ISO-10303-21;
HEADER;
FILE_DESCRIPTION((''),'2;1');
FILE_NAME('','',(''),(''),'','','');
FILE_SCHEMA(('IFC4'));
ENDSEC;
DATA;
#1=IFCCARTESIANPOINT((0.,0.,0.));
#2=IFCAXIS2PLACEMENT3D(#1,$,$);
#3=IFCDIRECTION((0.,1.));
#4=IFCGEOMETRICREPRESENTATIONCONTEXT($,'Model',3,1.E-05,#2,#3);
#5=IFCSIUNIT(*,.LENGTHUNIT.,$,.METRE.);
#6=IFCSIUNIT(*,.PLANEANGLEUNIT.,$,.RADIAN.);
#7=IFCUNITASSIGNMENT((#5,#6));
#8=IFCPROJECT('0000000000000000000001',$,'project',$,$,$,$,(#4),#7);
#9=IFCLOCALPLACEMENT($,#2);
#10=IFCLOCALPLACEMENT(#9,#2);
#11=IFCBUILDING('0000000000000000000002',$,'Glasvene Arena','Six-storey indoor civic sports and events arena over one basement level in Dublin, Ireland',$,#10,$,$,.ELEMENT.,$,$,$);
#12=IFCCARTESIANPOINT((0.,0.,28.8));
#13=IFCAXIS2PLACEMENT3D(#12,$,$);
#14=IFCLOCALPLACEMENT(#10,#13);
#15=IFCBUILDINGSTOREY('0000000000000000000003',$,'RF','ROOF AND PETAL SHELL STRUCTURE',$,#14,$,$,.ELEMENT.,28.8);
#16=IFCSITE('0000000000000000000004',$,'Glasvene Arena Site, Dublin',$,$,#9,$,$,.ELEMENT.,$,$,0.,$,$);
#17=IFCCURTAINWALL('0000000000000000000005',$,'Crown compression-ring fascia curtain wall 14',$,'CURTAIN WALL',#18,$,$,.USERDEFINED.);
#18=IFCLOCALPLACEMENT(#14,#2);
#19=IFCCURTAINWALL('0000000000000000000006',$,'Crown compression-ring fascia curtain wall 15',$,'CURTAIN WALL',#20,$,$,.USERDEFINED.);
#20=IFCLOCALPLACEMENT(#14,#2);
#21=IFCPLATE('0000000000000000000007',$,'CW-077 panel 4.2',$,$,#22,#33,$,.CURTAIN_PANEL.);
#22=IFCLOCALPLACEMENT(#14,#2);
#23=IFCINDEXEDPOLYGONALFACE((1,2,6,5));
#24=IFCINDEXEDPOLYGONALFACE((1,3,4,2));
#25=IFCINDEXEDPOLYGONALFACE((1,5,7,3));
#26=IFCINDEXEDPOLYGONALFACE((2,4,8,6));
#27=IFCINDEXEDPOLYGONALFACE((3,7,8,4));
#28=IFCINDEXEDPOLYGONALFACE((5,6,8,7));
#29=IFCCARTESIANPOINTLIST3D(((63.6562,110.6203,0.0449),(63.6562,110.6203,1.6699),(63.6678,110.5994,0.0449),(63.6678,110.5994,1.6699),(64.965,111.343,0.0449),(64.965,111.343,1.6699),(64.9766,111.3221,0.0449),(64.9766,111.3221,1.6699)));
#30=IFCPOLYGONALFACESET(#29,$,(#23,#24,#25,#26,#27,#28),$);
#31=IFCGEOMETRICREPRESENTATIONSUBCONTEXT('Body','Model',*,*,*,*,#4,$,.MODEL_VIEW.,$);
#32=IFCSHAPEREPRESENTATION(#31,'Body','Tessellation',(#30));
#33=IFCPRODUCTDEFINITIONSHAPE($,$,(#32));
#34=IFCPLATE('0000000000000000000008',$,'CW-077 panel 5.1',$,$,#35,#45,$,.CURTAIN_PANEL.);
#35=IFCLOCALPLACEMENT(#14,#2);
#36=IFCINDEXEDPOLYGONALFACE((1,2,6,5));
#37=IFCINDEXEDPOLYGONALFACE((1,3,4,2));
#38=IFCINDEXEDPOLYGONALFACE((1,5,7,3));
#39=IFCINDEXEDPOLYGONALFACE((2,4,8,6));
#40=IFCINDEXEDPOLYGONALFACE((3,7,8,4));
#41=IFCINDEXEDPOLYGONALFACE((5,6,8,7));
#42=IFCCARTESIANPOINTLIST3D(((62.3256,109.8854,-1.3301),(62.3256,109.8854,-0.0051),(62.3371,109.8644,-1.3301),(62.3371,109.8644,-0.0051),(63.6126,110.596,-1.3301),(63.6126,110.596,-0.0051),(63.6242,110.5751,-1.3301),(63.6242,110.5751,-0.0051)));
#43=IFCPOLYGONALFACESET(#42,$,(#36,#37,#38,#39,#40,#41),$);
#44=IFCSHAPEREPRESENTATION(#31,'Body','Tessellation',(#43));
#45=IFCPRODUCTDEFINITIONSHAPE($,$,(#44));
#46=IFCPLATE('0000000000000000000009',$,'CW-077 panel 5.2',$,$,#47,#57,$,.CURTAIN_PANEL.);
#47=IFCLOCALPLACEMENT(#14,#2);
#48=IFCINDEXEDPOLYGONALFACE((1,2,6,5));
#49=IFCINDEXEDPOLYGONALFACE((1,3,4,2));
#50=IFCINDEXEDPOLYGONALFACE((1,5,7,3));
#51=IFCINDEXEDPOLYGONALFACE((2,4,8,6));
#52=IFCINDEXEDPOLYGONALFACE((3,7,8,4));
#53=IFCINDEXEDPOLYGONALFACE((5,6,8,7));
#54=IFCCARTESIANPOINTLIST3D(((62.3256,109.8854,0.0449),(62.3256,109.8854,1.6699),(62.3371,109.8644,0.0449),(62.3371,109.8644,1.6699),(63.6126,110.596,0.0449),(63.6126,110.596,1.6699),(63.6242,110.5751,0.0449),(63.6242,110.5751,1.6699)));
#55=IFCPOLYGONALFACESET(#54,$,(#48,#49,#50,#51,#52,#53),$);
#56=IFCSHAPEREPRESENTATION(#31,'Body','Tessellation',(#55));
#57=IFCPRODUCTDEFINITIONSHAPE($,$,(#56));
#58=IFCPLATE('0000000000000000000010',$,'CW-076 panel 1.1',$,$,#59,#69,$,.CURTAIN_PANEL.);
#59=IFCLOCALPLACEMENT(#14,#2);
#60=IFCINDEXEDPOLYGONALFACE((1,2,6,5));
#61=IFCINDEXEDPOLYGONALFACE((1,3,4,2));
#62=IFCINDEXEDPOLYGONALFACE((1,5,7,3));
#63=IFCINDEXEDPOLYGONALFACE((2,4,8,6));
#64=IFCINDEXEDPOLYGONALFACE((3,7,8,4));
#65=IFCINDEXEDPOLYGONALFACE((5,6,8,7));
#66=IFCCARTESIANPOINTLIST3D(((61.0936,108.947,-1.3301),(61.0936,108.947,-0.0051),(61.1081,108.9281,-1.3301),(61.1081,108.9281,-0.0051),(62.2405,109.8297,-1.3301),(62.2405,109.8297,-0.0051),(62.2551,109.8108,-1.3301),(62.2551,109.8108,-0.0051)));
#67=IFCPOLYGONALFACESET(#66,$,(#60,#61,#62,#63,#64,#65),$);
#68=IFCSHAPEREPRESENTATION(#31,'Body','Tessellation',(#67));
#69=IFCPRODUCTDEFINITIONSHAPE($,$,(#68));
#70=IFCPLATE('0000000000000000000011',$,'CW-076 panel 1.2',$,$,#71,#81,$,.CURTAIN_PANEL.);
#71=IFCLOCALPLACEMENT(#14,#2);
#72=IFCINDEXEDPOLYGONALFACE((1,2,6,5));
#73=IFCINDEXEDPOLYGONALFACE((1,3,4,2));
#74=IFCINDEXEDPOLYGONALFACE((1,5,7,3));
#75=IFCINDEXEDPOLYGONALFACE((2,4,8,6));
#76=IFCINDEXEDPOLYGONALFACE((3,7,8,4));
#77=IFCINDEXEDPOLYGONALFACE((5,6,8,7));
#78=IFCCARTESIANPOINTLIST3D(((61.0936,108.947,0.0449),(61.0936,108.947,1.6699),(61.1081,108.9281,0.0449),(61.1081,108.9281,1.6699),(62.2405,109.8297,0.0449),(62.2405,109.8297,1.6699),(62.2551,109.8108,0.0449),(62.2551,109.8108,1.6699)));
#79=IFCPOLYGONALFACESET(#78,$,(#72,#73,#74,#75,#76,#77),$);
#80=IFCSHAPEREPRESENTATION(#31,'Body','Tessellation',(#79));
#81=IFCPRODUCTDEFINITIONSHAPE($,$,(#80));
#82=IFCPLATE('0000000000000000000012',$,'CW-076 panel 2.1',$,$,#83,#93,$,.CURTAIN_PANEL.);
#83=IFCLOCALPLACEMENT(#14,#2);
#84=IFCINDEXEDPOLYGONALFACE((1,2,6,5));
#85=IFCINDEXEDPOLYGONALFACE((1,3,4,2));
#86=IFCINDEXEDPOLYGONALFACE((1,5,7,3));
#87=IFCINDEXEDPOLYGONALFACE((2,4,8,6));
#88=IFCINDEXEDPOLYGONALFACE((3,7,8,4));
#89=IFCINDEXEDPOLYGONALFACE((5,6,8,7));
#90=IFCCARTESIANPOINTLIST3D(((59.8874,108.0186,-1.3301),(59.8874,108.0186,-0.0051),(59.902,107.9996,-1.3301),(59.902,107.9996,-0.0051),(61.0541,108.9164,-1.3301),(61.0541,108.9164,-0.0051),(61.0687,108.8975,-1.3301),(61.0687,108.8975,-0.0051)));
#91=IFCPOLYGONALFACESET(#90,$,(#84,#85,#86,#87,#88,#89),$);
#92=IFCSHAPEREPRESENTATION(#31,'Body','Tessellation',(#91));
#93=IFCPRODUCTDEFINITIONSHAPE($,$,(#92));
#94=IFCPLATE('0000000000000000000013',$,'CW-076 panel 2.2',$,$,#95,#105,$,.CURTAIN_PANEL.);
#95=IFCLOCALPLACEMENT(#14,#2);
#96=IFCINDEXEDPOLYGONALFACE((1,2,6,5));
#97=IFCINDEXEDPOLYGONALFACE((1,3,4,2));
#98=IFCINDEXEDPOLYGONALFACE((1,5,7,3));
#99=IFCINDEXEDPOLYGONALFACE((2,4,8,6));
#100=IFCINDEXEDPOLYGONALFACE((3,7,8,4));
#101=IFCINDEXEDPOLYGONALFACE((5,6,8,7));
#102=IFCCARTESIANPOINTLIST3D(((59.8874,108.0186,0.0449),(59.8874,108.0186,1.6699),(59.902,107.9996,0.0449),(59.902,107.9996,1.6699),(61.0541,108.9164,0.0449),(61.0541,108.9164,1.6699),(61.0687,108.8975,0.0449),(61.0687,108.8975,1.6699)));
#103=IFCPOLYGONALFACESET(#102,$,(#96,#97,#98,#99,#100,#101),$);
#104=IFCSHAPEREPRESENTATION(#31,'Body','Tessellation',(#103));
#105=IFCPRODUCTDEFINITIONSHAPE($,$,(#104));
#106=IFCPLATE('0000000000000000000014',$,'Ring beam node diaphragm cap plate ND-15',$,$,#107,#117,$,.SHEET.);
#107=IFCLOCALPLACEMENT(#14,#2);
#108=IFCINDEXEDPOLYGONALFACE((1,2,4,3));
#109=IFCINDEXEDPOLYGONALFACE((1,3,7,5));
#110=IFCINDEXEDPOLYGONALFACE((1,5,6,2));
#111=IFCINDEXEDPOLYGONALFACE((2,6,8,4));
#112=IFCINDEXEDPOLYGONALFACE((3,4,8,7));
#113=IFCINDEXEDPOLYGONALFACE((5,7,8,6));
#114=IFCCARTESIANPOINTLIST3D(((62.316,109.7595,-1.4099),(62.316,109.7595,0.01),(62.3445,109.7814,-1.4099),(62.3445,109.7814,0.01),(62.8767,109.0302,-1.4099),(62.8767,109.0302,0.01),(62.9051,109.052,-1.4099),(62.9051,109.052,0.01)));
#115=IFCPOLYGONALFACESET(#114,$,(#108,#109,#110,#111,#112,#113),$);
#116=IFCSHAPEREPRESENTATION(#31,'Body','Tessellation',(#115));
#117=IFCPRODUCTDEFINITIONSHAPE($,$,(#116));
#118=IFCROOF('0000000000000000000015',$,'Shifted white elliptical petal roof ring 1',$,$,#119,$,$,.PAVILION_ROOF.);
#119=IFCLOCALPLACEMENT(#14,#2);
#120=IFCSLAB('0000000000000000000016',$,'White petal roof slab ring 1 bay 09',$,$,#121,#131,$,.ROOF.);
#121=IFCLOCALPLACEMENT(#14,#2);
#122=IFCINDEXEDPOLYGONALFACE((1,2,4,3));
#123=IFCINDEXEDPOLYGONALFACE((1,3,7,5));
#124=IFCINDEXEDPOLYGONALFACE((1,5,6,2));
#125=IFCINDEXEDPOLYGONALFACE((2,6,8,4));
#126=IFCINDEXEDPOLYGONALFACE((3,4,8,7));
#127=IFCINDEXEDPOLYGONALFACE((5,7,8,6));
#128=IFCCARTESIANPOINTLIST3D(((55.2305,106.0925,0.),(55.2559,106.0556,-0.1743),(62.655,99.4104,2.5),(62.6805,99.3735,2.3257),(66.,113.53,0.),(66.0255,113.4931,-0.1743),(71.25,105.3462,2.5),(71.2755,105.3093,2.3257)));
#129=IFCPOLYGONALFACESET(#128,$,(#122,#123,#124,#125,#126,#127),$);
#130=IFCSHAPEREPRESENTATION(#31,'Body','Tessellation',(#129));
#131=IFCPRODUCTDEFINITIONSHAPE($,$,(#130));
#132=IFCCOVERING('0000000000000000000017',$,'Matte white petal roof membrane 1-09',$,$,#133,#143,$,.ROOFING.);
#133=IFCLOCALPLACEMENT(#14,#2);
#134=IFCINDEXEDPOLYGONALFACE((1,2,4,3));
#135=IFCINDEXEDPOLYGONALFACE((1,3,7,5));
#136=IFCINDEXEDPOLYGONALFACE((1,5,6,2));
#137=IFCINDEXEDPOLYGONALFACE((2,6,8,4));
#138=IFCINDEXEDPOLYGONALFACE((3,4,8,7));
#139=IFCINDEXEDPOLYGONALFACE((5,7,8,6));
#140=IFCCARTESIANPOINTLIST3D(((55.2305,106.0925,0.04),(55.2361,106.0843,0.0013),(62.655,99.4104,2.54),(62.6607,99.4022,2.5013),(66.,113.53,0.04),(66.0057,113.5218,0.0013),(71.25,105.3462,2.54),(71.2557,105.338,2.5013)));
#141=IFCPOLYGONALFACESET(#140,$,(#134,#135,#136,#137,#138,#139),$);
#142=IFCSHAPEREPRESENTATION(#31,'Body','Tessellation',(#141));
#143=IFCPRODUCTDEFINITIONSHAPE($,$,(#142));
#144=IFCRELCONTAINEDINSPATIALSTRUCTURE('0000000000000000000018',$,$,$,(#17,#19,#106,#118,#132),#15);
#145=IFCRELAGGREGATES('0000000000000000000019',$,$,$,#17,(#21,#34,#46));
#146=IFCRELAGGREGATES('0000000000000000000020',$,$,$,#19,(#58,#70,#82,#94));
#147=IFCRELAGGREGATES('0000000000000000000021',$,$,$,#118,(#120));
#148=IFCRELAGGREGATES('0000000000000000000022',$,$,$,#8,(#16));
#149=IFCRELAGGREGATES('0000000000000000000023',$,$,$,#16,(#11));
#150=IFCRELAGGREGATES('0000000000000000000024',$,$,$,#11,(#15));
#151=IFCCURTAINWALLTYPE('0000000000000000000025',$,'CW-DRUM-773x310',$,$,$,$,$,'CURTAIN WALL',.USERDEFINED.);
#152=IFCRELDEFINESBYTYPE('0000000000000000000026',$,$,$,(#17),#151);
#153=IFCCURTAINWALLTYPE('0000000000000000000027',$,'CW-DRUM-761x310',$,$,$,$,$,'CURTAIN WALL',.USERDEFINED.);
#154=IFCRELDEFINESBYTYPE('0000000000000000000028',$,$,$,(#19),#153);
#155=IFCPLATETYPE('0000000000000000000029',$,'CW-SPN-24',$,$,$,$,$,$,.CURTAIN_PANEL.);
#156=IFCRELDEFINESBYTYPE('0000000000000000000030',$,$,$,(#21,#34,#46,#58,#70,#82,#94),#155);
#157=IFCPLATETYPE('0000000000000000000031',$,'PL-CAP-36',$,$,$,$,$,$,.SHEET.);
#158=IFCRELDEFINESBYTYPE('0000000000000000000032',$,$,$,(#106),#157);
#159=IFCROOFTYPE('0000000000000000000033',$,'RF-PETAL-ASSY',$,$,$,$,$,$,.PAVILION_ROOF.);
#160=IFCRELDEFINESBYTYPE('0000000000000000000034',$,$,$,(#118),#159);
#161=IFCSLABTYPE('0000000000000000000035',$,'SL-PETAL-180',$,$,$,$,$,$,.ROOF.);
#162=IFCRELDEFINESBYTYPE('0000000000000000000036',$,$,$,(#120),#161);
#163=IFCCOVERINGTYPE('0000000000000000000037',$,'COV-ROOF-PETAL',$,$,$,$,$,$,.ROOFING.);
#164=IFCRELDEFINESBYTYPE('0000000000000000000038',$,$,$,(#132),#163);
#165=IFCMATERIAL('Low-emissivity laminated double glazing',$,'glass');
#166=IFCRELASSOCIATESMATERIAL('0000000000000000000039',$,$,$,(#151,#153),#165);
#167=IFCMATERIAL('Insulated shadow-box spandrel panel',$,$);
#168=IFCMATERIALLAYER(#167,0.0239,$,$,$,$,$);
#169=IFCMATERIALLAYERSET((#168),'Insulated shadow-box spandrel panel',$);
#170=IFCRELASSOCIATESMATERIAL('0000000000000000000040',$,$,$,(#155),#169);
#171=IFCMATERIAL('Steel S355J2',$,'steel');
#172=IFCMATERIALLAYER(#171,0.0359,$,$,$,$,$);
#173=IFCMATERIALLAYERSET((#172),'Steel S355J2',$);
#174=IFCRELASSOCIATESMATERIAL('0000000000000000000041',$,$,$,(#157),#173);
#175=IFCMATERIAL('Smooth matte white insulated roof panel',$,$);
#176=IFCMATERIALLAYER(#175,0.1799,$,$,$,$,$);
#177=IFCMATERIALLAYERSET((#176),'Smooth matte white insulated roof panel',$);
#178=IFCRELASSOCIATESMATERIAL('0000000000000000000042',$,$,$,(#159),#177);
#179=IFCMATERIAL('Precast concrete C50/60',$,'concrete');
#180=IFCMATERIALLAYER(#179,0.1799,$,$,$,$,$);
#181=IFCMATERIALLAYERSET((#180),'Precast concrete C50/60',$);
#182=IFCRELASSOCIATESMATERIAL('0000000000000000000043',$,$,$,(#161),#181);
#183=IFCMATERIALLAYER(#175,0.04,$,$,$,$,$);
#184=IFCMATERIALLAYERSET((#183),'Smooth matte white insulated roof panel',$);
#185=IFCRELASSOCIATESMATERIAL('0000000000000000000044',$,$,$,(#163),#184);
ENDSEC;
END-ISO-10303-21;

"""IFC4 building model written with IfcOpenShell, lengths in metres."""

from ifc_helpers import new_model, si_unit, direction, frame, origin, origin_2d, place, context, subcontext, project, spatial, polyline, rectangle, outline, extrude, material, layer, layer_set, type_object, element, aggregate, save


model = new_model("IFC4")

# Units and contexts
model_context = context("Model", 3, precision=1e-05, world=origin(), true_north=direction((0.0, 1.0)))
body_context = subcontext(model_context, "Body", "Model", "MODEL_VIEW")
ifc_project = project(units=[si_unit("LENGTHUNIT", "METRE"), si_unit("PLANEANGLEUNIT", "RADIAN")], contexts=[model_context])

# Site, building, storey
site_placement = place(None, origin())
site = spatial("IfcSite", under=ifc_project, at=site_placement, Name="Glasvene Arena Site, Dublin", CompositionType="ELEMENT", RefElevation=0.0)
building_placement = place(site_placement, origin())
building = spatial("IfcBuilding", under=site, at=building_placement, Name="Glasvene Arena", Description="Six-storey indoor civic sports and events arena over one basement level in Dublin, Ireland", CompositionType="ELEMENT")
storey_placement = place(building_placement, frame((0.0, 0.0, 28.8)))
storey = spatial("IfcBuildingStorey", under=building, at=storey_placement, Name="RF", Description="ROOF AND PETAL SHELL STRUCTURE", CompositionType="ELEMENT", Elevation=28.8)

# Shared definitions
ifc_material_1 = material(Name="Steel S355J2", Category="steel")

# Curtain walls
ifc_material_2 = material(Name="Low-emissivity laminated double glazing", Category="glass")
curtain_wall_type_1 = type_object("IfcCurtainWallType", Name="CW-DRUM-773x310", ElementType="CURTAIN WALL", PredefinedType="USERDEFINED", material=ifc_material_2)
curtain_wall_1_placement = place(storey_placement, frame((69.0508, 113.5852, 0.0)))
curtain_wall_1 = element("IfcCurtainWall", 1, at=curtain_wall_1_placement, inside=storey, type_object=curtain_wall_type_1, Name="Crown compression-ring fascia curtain wall 14", ObjectType="CURTAIN WALL", PredefinedType="USERDEFINED")
curtain_wall_type_2 = type_object("IfcCurtainWallType", Name="CW-DRUM-761x310", ElementType="CURTAIN WALL", PredefinedType="USERDEFINED", material=ifc_material_2)
curtain_wall_2_placement = place(storey_placement, frame((62.2876, 109.8506, 0.0)))
curtain_wall_2 = element("IfcCurtainWall", 2, at=curtain_wall_2_placement, inside=storey, type_object=curtain_wall_type_2, Name="Crown compression-ring fascia curtain wall 15", ObjectType="CURTAIN WALL", PredefinedType="USERDEFINED")

# Plates
ifc_material_3 = material(Name="Insulated shadow-box spandrel panel")
ifc_layer_1 = layer(ifc_material_3, 0.0239)
ifc_layer_set_1 = layer_set([ifc_layer_1], Name="Insulated shadow-box spandrel panel")
plate_type_1 = type_object("IfcPlateType", Name="CW-SPN-24", PredefinedType="CURTAIN_PANEL", material=ifc_layer_set_1)
plate_1_placement = place(storey_placement, frame((64.3164, 110.9712, 0.0449), z_axis=(0.0, 0.0, 1.0), x_axis=(-0.875407, -0.483387, 0.0)))
plate_1 = element("IfcPlate", 3, at=plate_1_placement, type_object=plate_type_1, Name="CW-077 panel 4.2", PredefinedType="CURTAIN_PANEL", context=body_context, shape_type="SweptSolid", body=[
    extrude(rectangle(XDim=1.4951, YDim=0.0239, at=origin_2d()), origin(), (0.0, 0.0, 1.0), 1.625),
])
plate_2_placement = place(storey_placement, frame((62.9749, 110.2302, -1.3301), z_axis=(0.0, 0.0, 1.0), x_axis=(-0.875407, -0.483387, 0.0)))
plate_2 = element("IfcPlate", 4, at=plate_2_placement, type_object=plate_type_1, Name="CW-077 panel 5.1", PredefinedType="CURTAIN_PANEL", context=body_context, shape_type="SweptSolid", body=[
    extrude(rectangle(XDim=1.4702, YDim=0.0239, at=origin_2d()), origin(), (0.0, 0.0, 1.0), 1.325),
])
plate_3_placement = place(storey_placement, frame((62.9749, 110.2302, 0.0449), z_axis=(0.0, 0.0, 1.0), x_axis=(-0.875407, -0.483387, 0.0)))
plate_3 = element("IfcPlate", 5, at=plate_3_placement, type_object=plate_type_1, Name="CW-077 panel 5.2", PredefinedType="CURTAIN_PANEL", context=body_context, shape_type="SweptSolid", body=[
    extrude(rectangle(XDim=1.4702, YDim=0.0239, at=origin_2d()), origin(), (0.0, 0.0, 1.0), 1.625),
])
aggregate(curtain_wall_1, [plate_1, plate_2, plate_3])
plate_4_placement = place(storey_placement, frame((61.6743, 109.3789, -1.3301), z_axis=(0.0, 0.0, 1.0), x_axis=(-0.792482, -0.609895, 0.0)))
plate_4 = element("IfcPlate", 6, at=plate_4_placement, type_object=plate_type_1, Name="CW-076 panel 1.1", PredefinedType="CURTAIN_PANEL", context=body_context, shape_type="SweptSolid", body=[
    extrude(rectangle(XDim=1.4473, YDim=0.0239, at=origin_2d()), origin(), (0.0, 0.0, 1.0), 1.325),
])
plate_5_placement = place(storey_placement, frame((61.6743, 109.3789, 0.0449), z_axis=(0.0, 0.0, 1.0), x_axis=(-0.792482, -0.609895, 0.0)))
plate_5 = element("IfcPlate", 7, at=plate_5_placement, type_object=plate_type_1, Name="CW-076 panel 1.2", PredefinedType="CURTAIN_PANEL", context=body_context, shape_type="SweptSolid", body=[
    extrude(rectangle(XDim=1.4473, YDim=0.0239, at=origin_2d()), origin(), (0.0, 0.0, 1.0), 1.625),
])
plate_6_placement = place(storey_placement, frame((60.478, 108.458, -1.3301), z_axis=(0.0, 0.0, 1.0), x_axis=(-0.792482, -0.609895, 0.0)))
plate_6 = element("IfcPlate", 8, at=plate_6_placement, type_object=plate_type_1, Name="CW-076 panel 2.1", PredefinedType="CURTAIN_PANEL", context=body_context, shape_type="SweptSolid", body=[
    extrude(rectangle(XDim=1.4722, YDim=0.0239, at=origin_2d()), origin(), (0.0, 0.0, 1.0), 1.325),
])
plate_7_placement = place(storey_placement, frame((60.478, 108.458, 0.0449), z_axis=(0.0, 0.0, 1.0), x_axis=(-0.792482, -0.609895, 0.0)))
plate_7 = element("IfcPlate", 9, at=plate_7_placement, type_object=plate_type_1, Name="CW-076 panel 2.2", PredefinedType="CURTAIN_PANEL", context=body_context, shape_type="SweptSolid", body=[
    extrude(rectangle(XDim=1.4722, YDim=0.0239, at=origin_2d()), origin(), (0.0, 0.0, 1.0), 1.625),
])
aggregate(curtain_wall_2, [plate_4, plate_5, plate_6, plate_7])
ifc_layer_2 = layer(ifc_material_1, 0.0359)
ifc_layer_set_2 = layer_set([ifc_layer_2], Name="Steel S355J2")
plate_type_2 = type_object("IfcPlateType", Name="PL-CAP-36", PredefinedType="SHEET", material=ifc_layer_set_2)
plate_8_placement = place(storey_placement, frame((62.6106, 109.4058, -1.4099), z_axis=(0.0, 0.0, 1.0), x_axis=(-0.792822, -0.609454, 0.0)))
element("IfcPlate", 10, at=plate_8_placement, inside=storey, type_object=plate_type_2, Name="Ring beam node diaphragm cap plate ND-15", PredefinedType="SHEET", context=body_context, shape_type="SweptSolid", body=[
    extrude(rectangle(XDim=0.0359, YDim=0.9199, at=origin_2d()), origin(), (0.0, 0.0, 1.0), 1.4199),
])

# Roof, slab
ifc_material_4 = material(Name="Smooth matte white insulated roof panel")
ifc_layer_3 = layer(ifc_material_4, 0.1799)
ifc_layer_set_3 = layer_set([ifc_layer_3], Name="Smooth matte white insulated roof panel")
roof_type = type_object("IfcRoofType", Name="RF-PETAL-ASSY", PredefinedType="PAVILION_ROOF", material=ifc_layer_set_3)
roof_placement = place(storey_placement, frame((92.0, 73.0, 0.0)))
roof = element("IfcRoof", 11, at=roof_placement, inside=storey, type_object=roof_type, Name="Shifted white elliptical petal roof ring 1", PredefinedType="PAVILION_ROOF")
ifc_material_5 = material(Name="Precast concrete C50/60", Category="concrete")
ifc_layer_4 = layer(ifc_material_5, 0.1799)
ifc_layer_set_4 = layer_set([ifc_layer_4], Name="Precast concrete C50/60")
slab_type = type_object("IfcSlabType", Name="SL-PETAL-180", PredefinedType="ROOF", material=ifc_layer_set_4)
slab_placement = place(storey_placement, frame((66.0, 113.53, 0.0), z_axis=(-0.141586, 0.205017, 0.968463), x_axis=(-0.822847, -0.568263, 0.0)))
slab = element("IfcSlab", 12, at=slab_placement, type_object=slab_type, Name="White petal roof slab ring 1 bay 09", PredefinedType="ROOF", context=body_context, shape_type="SweptSolid", body=[
    extrude(outline(polyline([(0.0, 0.0), (13.0881, 0.0), (10.7761, 10.0339), (0.3306, 10.0339), (0.0, 0.0)])), origin(), (0.0, 0.0, -1.0), 0.1799),
])
aggregate(roof, [slab])

# Covering
ifc_layer_5 = layer(ifc_material_4, 0.04)
ifc_layer_set_5 = layer_set([ifc_layer_5], Name="Smooth matte white insulated roof panel")
covering_type = type_object("IfcCoveringType", Name="COV-ROOF-PETAL", PredefinedType="ROOFING", material=ifc_layer_set_5)
covering_placement = place(storey_placement, frame((66.0, 113.53, 0.04), z_axis=(-0.141586, 0.205017, 0.968463), x_axis=(-0.822847, -0.568263, 0.0)))
element("IfcCovering", 13, at=covering_placement, inside=storey, type_object=covering_type, Name="Matte white petal roof membrane 1-09", PredefinedType="ROOFING", context=body_context, shape_type="SweptSolid", body=[
    extrude(outline(polyline([(0.0, 0.0), (13.0881, 0.0), (10.7761, 10.0339), (0.3306, 10.0339), (0.0, 0.0)])), origin(), (0.0, 0.0, -1.0), 0.04),
])

save(model, "model.ifc")
